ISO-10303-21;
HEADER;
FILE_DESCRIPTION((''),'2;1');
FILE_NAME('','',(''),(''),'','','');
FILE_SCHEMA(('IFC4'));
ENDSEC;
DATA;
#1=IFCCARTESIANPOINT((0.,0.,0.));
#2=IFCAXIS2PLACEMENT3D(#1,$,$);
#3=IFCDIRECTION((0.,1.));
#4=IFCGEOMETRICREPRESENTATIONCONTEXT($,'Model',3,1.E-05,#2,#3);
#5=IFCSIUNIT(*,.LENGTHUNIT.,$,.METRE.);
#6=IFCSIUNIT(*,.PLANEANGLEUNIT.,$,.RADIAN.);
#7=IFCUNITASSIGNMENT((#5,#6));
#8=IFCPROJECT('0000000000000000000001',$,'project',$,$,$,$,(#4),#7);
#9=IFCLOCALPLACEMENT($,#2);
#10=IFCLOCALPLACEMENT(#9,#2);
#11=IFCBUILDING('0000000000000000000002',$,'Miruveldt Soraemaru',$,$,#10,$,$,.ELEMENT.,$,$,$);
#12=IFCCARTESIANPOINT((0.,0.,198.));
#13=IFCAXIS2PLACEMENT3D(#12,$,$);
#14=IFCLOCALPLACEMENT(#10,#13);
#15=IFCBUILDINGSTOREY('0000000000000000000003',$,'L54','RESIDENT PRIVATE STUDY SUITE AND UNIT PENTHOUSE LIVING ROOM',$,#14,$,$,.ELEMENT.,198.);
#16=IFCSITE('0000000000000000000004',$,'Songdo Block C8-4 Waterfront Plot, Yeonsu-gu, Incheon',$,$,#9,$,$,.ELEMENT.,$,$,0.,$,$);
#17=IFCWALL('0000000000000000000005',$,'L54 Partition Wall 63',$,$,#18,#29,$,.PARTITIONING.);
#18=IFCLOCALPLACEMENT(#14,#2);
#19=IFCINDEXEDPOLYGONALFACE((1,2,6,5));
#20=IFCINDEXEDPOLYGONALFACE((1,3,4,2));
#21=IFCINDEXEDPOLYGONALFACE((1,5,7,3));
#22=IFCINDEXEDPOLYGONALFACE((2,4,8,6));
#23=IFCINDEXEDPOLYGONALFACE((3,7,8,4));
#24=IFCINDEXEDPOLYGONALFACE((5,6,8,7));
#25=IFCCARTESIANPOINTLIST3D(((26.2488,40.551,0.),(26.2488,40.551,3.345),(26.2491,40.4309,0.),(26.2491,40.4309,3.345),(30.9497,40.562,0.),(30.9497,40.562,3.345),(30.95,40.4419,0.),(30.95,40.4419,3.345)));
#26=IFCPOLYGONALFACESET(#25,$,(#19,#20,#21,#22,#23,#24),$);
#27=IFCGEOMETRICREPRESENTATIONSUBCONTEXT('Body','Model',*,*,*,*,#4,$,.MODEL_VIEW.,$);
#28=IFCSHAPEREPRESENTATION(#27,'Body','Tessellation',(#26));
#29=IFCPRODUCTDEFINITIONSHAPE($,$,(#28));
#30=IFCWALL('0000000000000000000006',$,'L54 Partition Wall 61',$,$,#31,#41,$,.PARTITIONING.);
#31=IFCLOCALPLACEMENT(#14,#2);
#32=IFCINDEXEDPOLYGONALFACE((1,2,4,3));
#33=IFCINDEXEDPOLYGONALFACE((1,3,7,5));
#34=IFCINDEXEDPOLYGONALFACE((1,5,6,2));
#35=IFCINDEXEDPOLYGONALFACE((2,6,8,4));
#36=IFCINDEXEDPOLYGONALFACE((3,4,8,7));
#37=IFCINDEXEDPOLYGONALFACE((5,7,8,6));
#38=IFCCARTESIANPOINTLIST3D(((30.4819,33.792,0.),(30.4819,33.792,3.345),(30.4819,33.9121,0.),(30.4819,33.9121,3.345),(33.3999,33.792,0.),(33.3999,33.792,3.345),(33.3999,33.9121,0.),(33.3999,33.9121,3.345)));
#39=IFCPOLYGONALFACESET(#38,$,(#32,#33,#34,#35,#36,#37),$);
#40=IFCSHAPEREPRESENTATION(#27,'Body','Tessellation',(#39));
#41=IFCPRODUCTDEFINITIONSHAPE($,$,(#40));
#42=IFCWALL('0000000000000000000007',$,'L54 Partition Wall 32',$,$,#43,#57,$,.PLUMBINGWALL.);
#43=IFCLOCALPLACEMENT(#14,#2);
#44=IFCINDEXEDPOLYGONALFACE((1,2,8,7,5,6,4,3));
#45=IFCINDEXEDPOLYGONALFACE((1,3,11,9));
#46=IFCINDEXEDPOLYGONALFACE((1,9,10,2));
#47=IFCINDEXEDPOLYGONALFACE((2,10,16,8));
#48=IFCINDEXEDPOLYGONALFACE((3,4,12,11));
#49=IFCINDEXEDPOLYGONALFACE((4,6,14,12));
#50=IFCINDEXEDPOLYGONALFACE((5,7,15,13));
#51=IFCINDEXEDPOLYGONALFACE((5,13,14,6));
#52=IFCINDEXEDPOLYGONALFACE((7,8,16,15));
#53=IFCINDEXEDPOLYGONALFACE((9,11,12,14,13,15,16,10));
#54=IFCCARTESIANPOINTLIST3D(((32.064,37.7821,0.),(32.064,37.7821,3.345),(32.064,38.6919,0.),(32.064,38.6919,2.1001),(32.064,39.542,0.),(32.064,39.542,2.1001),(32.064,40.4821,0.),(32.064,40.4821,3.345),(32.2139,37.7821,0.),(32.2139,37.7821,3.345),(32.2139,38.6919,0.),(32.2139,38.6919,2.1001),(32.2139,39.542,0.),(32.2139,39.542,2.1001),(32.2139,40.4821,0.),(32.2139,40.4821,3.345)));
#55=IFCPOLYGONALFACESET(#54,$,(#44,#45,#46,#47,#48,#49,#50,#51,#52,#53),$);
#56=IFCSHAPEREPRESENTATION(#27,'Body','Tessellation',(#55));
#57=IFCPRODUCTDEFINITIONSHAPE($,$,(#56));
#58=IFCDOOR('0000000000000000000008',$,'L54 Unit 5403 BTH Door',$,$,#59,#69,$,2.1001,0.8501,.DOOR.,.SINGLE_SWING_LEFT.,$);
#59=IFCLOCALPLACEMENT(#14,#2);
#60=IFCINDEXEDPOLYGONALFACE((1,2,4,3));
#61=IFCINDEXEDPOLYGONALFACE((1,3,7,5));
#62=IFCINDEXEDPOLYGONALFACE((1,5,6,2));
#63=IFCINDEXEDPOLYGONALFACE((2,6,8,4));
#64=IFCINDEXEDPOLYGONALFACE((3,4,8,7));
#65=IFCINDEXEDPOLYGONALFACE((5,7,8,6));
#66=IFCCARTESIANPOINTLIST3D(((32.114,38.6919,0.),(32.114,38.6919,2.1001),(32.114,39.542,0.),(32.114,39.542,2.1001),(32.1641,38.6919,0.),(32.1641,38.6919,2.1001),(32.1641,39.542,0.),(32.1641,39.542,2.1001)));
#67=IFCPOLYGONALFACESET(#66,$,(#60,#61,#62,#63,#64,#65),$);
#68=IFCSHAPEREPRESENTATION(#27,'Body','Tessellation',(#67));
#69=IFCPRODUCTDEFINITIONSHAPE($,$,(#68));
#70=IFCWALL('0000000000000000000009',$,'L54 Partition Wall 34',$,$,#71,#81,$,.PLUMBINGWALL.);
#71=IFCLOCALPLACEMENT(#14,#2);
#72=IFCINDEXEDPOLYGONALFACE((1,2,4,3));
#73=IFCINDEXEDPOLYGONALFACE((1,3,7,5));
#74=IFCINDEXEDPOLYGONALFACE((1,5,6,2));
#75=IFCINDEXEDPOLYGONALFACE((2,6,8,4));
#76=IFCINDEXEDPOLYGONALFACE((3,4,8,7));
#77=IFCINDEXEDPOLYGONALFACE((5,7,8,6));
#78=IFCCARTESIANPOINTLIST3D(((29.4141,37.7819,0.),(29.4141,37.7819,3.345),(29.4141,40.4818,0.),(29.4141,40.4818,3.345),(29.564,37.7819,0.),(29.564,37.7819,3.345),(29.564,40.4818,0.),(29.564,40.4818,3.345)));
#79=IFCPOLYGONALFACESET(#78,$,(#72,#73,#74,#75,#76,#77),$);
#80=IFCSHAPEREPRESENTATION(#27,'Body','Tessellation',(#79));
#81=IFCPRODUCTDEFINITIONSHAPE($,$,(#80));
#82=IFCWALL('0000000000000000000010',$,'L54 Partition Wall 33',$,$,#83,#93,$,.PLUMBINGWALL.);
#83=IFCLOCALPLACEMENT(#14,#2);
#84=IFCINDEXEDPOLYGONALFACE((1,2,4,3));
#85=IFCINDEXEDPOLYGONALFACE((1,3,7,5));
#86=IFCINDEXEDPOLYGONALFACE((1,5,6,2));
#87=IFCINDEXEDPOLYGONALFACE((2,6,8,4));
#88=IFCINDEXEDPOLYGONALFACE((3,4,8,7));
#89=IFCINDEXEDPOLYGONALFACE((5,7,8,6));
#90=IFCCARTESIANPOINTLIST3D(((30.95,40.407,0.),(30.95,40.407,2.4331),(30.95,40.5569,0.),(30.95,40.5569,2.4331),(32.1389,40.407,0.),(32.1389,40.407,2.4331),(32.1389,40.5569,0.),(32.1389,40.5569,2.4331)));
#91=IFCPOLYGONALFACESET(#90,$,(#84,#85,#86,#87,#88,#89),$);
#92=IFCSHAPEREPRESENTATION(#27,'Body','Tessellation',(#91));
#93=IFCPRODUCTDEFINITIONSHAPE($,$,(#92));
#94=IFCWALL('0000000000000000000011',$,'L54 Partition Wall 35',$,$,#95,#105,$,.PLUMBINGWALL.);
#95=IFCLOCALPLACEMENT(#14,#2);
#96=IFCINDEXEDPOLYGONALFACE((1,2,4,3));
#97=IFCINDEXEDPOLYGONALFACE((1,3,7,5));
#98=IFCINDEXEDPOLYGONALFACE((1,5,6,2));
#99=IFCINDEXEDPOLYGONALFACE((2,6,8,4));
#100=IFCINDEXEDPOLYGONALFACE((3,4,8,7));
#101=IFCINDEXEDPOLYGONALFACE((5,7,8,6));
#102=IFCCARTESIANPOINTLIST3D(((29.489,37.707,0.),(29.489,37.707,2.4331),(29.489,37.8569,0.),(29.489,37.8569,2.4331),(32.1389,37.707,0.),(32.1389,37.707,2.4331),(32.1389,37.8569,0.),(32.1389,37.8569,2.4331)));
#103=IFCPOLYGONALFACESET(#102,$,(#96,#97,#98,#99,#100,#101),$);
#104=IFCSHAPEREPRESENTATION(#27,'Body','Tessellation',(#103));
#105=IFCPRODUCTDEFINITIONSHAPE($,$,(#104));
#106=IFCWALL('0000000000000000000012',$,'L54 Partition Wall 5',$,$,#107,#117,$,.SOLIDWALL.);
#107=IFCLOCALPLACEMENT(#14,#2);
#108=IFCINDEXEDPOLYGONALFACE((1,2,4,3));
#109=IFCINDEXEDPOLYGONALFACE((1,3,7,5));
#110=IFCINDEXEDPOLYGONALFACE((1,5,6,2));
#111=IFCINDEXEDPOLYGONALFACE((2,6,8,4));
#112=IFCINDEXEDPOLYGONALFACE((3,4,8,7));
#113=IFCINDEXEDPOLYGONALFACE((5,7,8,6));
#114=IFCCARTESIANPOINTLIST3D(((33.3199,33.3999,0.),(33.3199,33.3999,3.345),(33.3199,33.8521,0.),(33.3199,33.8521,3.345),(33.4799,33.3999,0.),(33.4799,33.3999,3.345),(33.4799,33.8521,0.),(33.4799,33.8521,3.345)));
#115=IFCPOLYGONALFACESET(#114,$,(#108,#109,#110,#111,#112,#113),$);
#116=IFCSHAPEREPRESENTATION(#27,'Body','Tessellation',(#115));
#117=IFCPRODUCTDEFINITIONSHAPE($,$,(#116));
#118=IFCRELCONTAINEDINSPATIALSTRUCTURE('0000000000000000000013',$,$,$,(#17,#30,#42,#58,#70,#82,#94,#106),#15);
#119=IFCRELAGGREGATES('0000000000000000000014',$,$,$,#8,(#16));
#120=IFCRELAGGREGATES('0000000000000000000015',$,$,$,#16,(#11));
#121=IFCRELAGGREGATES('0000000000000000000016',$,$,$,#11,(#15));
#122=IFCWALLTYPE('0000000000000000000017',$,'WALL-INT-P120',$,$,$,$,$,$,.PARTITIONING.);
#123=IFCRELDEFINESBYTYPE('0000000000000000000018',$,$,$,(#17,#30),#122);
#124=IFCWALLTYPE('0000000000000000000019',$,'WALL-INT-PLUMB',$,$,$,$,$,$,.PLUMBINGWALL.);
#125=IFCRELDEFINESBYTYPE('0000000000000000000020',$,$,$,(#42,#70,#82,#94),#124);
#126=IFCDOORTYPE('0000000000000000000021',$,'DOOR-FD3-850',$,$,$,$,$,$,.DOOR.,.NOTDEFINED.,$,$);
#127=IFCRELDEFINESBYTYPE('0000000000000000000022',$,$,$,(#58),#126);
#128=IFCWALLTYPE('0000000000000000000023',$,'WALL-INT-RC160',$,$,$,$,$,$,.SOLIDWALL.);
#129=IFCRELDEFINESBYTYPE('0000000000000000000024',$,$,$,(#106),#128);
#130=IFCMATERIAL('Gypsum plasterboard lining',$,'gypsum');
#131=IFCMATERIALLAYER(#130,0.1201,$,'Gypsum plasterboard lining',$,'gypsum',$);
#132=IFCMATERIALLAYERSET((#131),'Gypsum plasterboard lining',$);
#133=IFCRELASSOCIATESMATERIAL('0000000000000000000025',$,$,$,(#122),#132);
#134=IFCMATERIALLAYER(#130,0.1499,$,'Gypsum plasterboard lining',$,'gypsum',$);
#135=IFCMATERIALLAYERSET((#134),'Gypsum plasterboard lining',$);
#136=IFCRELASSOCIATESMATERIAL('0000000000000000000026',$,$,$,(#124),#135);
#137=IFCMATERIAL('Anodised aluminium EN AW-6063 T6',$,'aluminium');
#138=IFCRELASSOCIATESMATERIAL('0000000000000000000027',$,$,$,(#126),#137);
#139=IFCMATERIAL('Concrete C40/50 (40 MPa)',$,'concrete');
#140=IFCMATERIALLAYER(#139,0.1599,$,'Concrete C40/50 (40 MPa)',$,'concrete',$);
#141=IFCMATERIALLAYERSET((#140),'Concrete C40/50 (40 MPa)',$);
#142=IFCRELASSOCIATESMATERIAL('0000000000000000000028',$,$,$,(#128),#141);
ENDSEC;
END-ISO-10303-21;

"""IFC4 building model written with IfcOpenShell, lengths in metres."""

from ifc_helpers import new_model, si_unit, direction, frame, frame_2d, origin, place, context, subcontext, project, spatial, rectangle, extrude, material, layer, layer_set, type_object, element, fill, save


model = new_model("IFC4")

# Units and contexts
model_context = context("Model", 3, precision=1e-05, world=origin(), true_north=direction((0.0, 1.0)))
body_context = subcontext(model_context, "Body", "Model", "MODEL_VIEW")
ifc_project = project(units=[si_unit("LENGTHUNIT", "METRE"), si_unit("PLANEANGLEUNIT", "RADIAN")], contexts=[model_context])

# Site, building, storey
site_placement = place(None, origin())
site = spatial("IfcSite", under=ifc_project, at=site_placement, Name="Songdo Block C8-4 Waterfront Plot, Yeonsu-gu, Incheon", CompositionType="ELEMENT", RefElevation=0.0)
building_placement = place(site_placement, origin())
building = spatial("IfcBuilding", under=site, at=building_placement, Name="Miruveldt Soraemaru", CompositionType="ELEMENT")
storey_placement = place(building_placement, frame((0.0, 0.0, 198.0)))
storey = spatial("IfcBuildingStorey", under=building, at=storey_placement, Name="L54", Description="RESIDENT PRIVATE STUDY SUITE AND UNIT PENTHOUSE LIVING ROOM", CompositionType="ELEMENT", Elevation=198.0)

# Shared definitions
ifc_material_1 = material(Name="Anodised aluminium EN AW-6063 T6", Category="aluminium")

# Walls
ifc_material_2 = material(Name="Gypsum plasterboard lining", Category="gypsum")
ifc_layer_1 = layer(ifc_material_2, 0.1201, Name="Gypsum plasterboard lining", Category="gypsum")
ifc_layer_set_1 = layer_set([ifc_layer_1], Name="Gypsum plasterboard lining")
wall_type_1 = type_object("IfcWallType", Name="WALL-INT-P120", PredefinedType="PARTITIONING", material=ifc_layer_set_1)
wall_1_placement = place(storey_placement, frame((30.95, 40.502, 0.0), z_axis=(0.0, 0.0, 1.0), x_axis=(-0.999997, -0.002337, 0.0)))
element("IfcWall", 1, at=wall_1_placement, inside=storey, type_object=wall_type_1, Name="L54 Partition Wall 63", PredefinedType="PARTITIONING", context=body_context, shape_type="SweptSolid", body=[
    extrude(rectangle(XDim=4.7009, YDim=0.1201, at=frame_2d((2.3506, 0.0))), origin(), (0.0, 0.0, 1.0), 3.345),
])
wall_2_placement = place(storey_placement, frame((30.4819, 33.8521, 0.0), z_axis=(0.0, 0.0, 1.0), x_axis=(1.0, 0.0, 0.0)))
element("IfcWall", 2, at=wall_2_placement, inside=storey, type_object=wall_type_1, Name="L54 Partition Wall 61", PredefinedType="PARTITIONING", context=body_context, shape_type="SweptSolid", body=[
    extrude(rectangle(XDim=2.918, YDim=0.1201, at=frame_2d((1.459, 0.0))), origin(), (0.0, 0.0, 1.0), 3.345),
])

# Wall, opening, door
ifc_layer_2 = layer(ifc_material_2, 0.1499, Name="Gypsum plasterboard lining", Category="gypsum")
ifc_layer_set_2 = layer_set([ifc_layer_2], Name="Gypsum plasterboard lining")
wall_type_2 = type_object("IfcWallType", Name="WALL-INT-PLUMB", PredefinedType="PLUMBINGWALL", material=ifc_layer_set_2)
wall_3_placement = place(storey_placement, frame((32.1389, 37.782, 0.0), z_axis=(0.0, 0.0, 1.0), x_axis=(0.0, 1.0, 0.0)))
wall_3 = element("IfcWall", 3, at=wall_3_placement, inside=storey, type_object=wall_type_2, Name="L54 Partition Wall 32", PredefinedType="PLUMBINGWALL", context=body_context, shape_type="SweptSolid", body=[
    extrude(rectangle(XDim=2.7, YDim=0.1499, at=frame_2d((1.3501, 0.0))), origin(), (0.0, 0.0, 1.0), 3.345),
])
opening_1_placement = place(wall_3_placement, frame((0.9099, 0.0, 0.0)))
opening_1 = element("IfcOpeningElement", 4, at=opening_1_placement, cuts=wall_3, PredefinedType="OPENING", context=body_context, shape_type="SweptSolid", body=[
    extrude(rectangle(XDim=0.8501, YDim=2.1001, at=frame_2d((0.425, 1.05))), frame((0.0, 0.085, 0.0), z_axis=(0.0, -1.0, 0.0), x_axis=(1.0, 0.0, 0.0)), (0.0, 0.0, 1.0), 0.1699),
])
door_type = type_object("IfcDoorType", Name="DOOR-FD3-850", OperationType="NOTDEFINED", PredefinedType="DOOR", material=ifc_material_1)
door_placement = place(opening_1_placement, origin())
door = element("IfcDoor", 5, at=door_placement, inside=storey, type_object=door_type, Name="L54 Unit 5403 BTH Door", OperationType="SINGLE_SWING_LEFT", OverallHeight=2.1001, OverallWidth=0.8501, PredefinedType="DOOR", context=body_context, shape_type="SweptSolid", body=[
    extrude(rectangle(XDim=0.8501, YDim=2.1001, at=frame_2d((0.425, 1.05))), frame((0.0, 0.0249, 0.0), z_axis=(0.0, -1.0, 0.0), x_axis=(1.0, 0.0, 0.0)), (0.0, 0.0, 1.0), 0.05),
])
fill(opening_1, door)

# Walls
wall_4_placement = place(storey_placement, frame((29.489, 40.4819, 0.0), z_axis=(0.0, 0.0, 1.0), x_axis=(0.0, -1.0, 0.0)))
element("IfcWall", 6, at=wall_4_placement, inside=storey, type_object=wall_type_2, Name="L54 Partition Wall 34", PredefinedType="PLUMBINGWALL", context=body_context, shape_type="SweptSolid", body=[
    extrude(rectangle(XDim=2.7, YDim=0.1499, at=frame_2d((1.3501, 0.0))), origin(), (0.0, 0.0, 1.0), 3.345),
])
wall_5_placement = place(storey_placement, frame((32.1389, 40.4819, 0.0), z_axis=(0.0, 0.0, 1.0), x_axis=(-1.0, 0.0, 0.0)))
element("IfcWall", 7, at=wall_5_placement, inside=storey, type_object=wall_type_2, Name="L54 Partition Wall 33", PredefinedType="PLUMBINGWALL", context=body_context, shape_type="SweptSolid", body=[
    extrude(rectangle(XDim=1.189, YDim=0.1499, at=frame_2d((0.5945, 0.0))), origin(), (0.0, 0.0, 1.0), 2.4331),
])
wall_6_placement = place(storey_placement, frame((29.489, 37.782, 0.0), z_axis=(0.0, 0.0, 1.0), x_axis=(1.0, 0.0, 0.0)))
element("IfcWall", 8, at=wall_6_placement, inside=storey, type_object=wall_type_2, Name="L54 Partition Wall 35", PredefinedType="PLUMBINGWALL", context=body_context, shape_type="SweptSolid", body=[
    extrude(rectangle(XDim=2.6499, YDim=0.1499, at=frame_2d((1.325, 0.0))), origin(), (0.0, 0.0, 1.0), 2.4331),
])
ifc_material_3 = material(Name="Concrete C40/50 (40 MPa)", Category="concrete")
ifc_layer_3 = layer(ifc_material_3, 0.1599, Name="Concrete C40/50 (40 MPa)", Category="concrete")
ifc_layer_set_3 = layer_set([ifc_layer_3], Name="Concrete C40/50 (40 MPa)")
wall_type_3 = type_object("IfcWallType", Name="WALL-INT-RC160", PredefinedType="SOLIDWALL", material=ifc_layer_set_3)
wall_7_placement = place(storey_placement, frame((33.3999, 33.8521, 0.0), z_axis=(0.0, 0.0, 1.0), x_axis=(0.0, -1.0, 0.0)))
element("IfcWall", 9, at=wall_7_placement, inside=storey, type_object=wall_type_3, Name="L54 Partition Wall 5", PredefinedType="SOLIDWALL", context=body_context, shape_type="SweptSolid", body=[
    extrude(rectangle(XDim=0.4521, YDim=0.1599, at=frame_2d((0.2261, 0.0))), origin(), (0.0, 0.0, 1.0), 3.345),
])

save(model, "model.ifc")
